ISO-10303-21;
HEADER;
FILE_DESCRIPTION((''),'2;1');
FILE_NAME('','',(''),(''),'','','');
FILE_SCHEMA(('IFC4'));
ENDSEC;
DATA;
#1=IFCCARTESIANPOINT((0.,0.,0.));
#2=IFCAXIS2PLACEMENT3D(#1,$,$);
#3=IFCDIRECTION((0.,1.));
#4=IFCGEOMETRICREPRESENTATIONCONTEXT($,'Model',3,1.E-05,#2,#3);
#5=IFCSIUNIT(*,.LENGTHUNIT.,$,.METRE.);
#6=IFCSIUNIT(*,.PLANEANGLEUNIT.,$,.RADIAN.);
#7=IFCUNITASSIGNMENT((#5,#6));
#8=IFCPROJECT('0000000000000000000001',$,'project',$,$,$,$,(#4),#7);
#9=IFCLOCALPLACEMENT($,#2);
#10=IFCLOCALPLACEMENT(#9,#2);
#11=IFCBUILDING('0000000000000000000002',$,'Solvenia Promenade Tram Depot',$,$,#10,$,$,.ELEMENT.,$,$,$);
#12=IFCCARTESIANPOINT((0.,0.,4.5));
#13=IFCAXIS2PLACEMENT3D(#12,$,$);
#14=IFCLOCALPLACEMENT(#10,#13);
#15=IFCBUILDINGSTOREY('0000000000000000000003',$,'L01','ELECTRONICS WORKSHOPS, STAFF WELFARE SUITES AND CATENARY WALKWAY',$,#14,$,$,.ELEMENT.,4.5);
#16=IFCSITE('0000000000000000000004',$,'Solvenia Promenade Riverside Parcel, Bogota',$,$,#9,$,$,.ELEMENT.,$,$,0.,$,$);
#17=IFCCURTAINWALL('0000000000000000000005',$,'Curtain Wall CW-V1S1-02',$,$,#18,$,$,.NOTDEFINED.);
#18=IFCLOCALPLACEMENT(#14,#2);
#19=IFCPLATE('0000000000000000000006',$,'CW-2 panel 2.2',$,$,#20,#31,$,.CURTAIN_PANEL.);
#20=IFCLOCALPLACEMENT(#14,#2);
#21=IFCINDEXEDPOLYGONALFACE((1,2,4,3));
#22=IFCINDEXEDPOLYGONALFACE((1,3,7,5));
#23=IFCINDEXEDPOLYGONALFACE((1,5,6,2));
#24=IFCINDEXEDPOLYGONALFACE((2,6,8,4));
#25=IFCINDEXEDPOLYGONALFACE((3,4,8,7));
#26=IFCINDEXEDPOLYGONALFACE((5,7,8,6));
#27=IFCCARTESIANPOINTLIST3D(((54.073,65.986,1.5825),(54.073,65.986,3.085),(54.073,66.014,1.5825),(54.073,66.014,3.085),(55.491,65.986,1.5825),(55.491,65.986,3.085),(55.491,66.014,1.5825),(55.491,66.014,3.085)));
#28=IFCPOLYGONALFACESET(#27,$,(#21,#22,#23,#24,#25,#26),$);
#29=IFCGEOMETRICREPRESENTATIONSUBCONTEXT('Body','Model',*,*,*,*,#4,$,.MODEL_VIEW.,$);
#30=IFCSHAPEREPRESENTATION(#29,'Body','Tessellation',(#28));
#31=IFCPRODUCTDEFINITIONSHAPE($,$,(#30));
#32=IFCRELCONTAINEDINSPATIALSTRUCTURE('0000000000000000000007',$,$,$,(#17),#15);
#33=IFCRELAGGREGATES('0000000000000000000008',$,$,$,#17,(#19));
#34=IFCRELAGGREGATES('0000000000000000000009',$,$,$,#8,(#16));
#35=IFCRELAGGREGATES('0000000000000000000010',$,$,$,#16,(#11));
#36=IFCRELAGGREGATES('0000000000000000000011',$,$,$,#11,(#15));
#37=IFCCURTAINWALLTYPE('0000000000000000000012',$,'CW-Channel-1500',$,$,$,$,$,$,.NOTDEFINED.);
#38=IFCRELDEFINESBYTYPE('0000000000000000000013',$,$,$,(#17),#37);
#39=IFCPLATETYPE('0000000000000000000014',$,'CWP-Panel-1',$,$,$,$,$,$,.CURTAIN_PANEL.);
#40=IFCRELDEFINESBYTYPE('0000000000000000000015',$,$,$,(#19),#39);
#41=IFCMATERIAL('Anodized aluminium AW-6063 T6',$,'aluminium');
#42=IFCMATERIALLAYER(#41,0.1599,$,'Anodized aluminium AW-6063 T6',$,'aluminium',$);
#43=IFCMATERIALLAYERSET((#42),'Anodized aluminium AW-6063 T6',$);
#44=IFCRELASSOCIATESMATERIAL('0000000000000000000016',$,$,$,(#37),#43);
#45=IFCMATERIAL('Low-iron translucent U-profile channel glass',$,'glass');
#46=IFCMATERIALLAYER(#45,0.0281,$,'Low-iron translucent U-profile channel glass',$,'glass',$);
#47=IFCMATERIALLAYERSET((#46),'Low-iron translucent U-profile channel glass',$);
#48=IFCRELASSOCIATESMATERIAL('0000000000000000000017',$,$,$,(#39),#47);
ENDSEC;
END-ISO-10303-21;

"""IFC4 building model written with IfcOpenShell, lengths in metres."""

from ifc_helpers import new_model, si_unit, direction, frame, origin, origin_2d, place, context, subcontext, project, spatial, rectangle, extrude, material, layer, layer_set, type_object, element, aggregate, save


model = new_model("IFC4")

# Units and contexts
model_context = context("Model", 3, precision=1e-05, world=origin(), true_north=direction((0.0, 1.0)))
body_context = subcontext(model_context, "Body", "Model", "MODEL_VIEW")
ifc_project = project(units=[si_unit("LENGTHUNIT", "METRE"), si_unit("PLANEANGLEUNIT", "RADIAN")], contexts=[model_context])

# Site, building, storey
site_placement = place(None, origin())
site = spatial("IfcSite", under=ifc_project, at=site_placement, Name="Solvenia Promenade Riverside Parcel, Bogota", CompositionType="ELEMENT", RefElevation=0.0)
building_placement = place(site_placement, origin())
building = spatial("IfcBuilding", under=site, at=building_placement, Name="Solvenia Promenade Tram Depot", CompositionType="ELEMENT")
storey_placement = place(building_placement, frame((0.0, 0.0, 4.5)))
storey = spatial("IfcBuildingStorey", under=building, at=storey_placement, Name="L01", Description="ELECTRONICS WORKSHOPS, STAFF WELFARE SUITES AND CATENARY WALKWAY", CompositionType="ELEMENT", Elevation=4.5)

# Curtain wall
ifc_material_1 = material(Name="Anodized aluminium AW-6063 T6", Category="aluminium")
ifc_layer_1 = layer(ifc_material_1, 0.1599, Name="Anodized aluminium AW-6063 T6", Category="aluminium")
ifc_layer_set_1 = layer_set([ifc_layer_1], Name="Anodized aluminium AW-6063 T6")
curtain_wall_type = type_object("IfcCurtainWallType", Name="CW-Channel-1500", PredefinedType="NOTDEFINED", material=ifc_layer_set_1)
curtain_wall_1_placement = place(storey_placement, origin())
curtain_wall_1 = element("IfcCurtainWall", 1, at=curtain_wall_1_placement, inside=storey, type_object=curtain_wall_type, Name="Curtain Wall CW-V1S1-02", PredefinedType="NOTDEFINED")

# Plate
ifc_material_2 = material(Name="Low-iron translucent U-profile channel glass", Category="glass")
ifc_layer_2 = layer(ifc_material_2, 0.0281, Name="Low-iron translucent U-profile channel glass", Category="glass")
ifc_layer_set_2 = layer_set([ifc_layer_2], Name="Low-iron translucent U-profile channel glass")
plate_type = type_object("IfcPlateType", Name="CWP-Panel-1", PredefinedType="CURTAIN_PANEL", material=ifc_layer_set_2)
plate_1_placement = place(storey_placement, frame((54.782, 66.0, 1.5825), z_axis=(0.0, 0.0, 1.0), x_axis=(1.0, 0.0, 0.0)))
plate_1 = element("IfcPlate", 2, at=plate_1_placement, type_object=plate_type, Name="CW-2 panel 2.2", PredefinedType="CURTAIN_PANEL", context=body_context, shape_type="SweptSolid", body=[
    extrude(rectangle(XDim=1.418, YDim=0.0281, at=origin_2d()), origin(), (0.0, 0.0, 1.0), 1.5024),
])
aggregate(curtain_wall_1, [plate_1])

save(model, "model.ifc")
